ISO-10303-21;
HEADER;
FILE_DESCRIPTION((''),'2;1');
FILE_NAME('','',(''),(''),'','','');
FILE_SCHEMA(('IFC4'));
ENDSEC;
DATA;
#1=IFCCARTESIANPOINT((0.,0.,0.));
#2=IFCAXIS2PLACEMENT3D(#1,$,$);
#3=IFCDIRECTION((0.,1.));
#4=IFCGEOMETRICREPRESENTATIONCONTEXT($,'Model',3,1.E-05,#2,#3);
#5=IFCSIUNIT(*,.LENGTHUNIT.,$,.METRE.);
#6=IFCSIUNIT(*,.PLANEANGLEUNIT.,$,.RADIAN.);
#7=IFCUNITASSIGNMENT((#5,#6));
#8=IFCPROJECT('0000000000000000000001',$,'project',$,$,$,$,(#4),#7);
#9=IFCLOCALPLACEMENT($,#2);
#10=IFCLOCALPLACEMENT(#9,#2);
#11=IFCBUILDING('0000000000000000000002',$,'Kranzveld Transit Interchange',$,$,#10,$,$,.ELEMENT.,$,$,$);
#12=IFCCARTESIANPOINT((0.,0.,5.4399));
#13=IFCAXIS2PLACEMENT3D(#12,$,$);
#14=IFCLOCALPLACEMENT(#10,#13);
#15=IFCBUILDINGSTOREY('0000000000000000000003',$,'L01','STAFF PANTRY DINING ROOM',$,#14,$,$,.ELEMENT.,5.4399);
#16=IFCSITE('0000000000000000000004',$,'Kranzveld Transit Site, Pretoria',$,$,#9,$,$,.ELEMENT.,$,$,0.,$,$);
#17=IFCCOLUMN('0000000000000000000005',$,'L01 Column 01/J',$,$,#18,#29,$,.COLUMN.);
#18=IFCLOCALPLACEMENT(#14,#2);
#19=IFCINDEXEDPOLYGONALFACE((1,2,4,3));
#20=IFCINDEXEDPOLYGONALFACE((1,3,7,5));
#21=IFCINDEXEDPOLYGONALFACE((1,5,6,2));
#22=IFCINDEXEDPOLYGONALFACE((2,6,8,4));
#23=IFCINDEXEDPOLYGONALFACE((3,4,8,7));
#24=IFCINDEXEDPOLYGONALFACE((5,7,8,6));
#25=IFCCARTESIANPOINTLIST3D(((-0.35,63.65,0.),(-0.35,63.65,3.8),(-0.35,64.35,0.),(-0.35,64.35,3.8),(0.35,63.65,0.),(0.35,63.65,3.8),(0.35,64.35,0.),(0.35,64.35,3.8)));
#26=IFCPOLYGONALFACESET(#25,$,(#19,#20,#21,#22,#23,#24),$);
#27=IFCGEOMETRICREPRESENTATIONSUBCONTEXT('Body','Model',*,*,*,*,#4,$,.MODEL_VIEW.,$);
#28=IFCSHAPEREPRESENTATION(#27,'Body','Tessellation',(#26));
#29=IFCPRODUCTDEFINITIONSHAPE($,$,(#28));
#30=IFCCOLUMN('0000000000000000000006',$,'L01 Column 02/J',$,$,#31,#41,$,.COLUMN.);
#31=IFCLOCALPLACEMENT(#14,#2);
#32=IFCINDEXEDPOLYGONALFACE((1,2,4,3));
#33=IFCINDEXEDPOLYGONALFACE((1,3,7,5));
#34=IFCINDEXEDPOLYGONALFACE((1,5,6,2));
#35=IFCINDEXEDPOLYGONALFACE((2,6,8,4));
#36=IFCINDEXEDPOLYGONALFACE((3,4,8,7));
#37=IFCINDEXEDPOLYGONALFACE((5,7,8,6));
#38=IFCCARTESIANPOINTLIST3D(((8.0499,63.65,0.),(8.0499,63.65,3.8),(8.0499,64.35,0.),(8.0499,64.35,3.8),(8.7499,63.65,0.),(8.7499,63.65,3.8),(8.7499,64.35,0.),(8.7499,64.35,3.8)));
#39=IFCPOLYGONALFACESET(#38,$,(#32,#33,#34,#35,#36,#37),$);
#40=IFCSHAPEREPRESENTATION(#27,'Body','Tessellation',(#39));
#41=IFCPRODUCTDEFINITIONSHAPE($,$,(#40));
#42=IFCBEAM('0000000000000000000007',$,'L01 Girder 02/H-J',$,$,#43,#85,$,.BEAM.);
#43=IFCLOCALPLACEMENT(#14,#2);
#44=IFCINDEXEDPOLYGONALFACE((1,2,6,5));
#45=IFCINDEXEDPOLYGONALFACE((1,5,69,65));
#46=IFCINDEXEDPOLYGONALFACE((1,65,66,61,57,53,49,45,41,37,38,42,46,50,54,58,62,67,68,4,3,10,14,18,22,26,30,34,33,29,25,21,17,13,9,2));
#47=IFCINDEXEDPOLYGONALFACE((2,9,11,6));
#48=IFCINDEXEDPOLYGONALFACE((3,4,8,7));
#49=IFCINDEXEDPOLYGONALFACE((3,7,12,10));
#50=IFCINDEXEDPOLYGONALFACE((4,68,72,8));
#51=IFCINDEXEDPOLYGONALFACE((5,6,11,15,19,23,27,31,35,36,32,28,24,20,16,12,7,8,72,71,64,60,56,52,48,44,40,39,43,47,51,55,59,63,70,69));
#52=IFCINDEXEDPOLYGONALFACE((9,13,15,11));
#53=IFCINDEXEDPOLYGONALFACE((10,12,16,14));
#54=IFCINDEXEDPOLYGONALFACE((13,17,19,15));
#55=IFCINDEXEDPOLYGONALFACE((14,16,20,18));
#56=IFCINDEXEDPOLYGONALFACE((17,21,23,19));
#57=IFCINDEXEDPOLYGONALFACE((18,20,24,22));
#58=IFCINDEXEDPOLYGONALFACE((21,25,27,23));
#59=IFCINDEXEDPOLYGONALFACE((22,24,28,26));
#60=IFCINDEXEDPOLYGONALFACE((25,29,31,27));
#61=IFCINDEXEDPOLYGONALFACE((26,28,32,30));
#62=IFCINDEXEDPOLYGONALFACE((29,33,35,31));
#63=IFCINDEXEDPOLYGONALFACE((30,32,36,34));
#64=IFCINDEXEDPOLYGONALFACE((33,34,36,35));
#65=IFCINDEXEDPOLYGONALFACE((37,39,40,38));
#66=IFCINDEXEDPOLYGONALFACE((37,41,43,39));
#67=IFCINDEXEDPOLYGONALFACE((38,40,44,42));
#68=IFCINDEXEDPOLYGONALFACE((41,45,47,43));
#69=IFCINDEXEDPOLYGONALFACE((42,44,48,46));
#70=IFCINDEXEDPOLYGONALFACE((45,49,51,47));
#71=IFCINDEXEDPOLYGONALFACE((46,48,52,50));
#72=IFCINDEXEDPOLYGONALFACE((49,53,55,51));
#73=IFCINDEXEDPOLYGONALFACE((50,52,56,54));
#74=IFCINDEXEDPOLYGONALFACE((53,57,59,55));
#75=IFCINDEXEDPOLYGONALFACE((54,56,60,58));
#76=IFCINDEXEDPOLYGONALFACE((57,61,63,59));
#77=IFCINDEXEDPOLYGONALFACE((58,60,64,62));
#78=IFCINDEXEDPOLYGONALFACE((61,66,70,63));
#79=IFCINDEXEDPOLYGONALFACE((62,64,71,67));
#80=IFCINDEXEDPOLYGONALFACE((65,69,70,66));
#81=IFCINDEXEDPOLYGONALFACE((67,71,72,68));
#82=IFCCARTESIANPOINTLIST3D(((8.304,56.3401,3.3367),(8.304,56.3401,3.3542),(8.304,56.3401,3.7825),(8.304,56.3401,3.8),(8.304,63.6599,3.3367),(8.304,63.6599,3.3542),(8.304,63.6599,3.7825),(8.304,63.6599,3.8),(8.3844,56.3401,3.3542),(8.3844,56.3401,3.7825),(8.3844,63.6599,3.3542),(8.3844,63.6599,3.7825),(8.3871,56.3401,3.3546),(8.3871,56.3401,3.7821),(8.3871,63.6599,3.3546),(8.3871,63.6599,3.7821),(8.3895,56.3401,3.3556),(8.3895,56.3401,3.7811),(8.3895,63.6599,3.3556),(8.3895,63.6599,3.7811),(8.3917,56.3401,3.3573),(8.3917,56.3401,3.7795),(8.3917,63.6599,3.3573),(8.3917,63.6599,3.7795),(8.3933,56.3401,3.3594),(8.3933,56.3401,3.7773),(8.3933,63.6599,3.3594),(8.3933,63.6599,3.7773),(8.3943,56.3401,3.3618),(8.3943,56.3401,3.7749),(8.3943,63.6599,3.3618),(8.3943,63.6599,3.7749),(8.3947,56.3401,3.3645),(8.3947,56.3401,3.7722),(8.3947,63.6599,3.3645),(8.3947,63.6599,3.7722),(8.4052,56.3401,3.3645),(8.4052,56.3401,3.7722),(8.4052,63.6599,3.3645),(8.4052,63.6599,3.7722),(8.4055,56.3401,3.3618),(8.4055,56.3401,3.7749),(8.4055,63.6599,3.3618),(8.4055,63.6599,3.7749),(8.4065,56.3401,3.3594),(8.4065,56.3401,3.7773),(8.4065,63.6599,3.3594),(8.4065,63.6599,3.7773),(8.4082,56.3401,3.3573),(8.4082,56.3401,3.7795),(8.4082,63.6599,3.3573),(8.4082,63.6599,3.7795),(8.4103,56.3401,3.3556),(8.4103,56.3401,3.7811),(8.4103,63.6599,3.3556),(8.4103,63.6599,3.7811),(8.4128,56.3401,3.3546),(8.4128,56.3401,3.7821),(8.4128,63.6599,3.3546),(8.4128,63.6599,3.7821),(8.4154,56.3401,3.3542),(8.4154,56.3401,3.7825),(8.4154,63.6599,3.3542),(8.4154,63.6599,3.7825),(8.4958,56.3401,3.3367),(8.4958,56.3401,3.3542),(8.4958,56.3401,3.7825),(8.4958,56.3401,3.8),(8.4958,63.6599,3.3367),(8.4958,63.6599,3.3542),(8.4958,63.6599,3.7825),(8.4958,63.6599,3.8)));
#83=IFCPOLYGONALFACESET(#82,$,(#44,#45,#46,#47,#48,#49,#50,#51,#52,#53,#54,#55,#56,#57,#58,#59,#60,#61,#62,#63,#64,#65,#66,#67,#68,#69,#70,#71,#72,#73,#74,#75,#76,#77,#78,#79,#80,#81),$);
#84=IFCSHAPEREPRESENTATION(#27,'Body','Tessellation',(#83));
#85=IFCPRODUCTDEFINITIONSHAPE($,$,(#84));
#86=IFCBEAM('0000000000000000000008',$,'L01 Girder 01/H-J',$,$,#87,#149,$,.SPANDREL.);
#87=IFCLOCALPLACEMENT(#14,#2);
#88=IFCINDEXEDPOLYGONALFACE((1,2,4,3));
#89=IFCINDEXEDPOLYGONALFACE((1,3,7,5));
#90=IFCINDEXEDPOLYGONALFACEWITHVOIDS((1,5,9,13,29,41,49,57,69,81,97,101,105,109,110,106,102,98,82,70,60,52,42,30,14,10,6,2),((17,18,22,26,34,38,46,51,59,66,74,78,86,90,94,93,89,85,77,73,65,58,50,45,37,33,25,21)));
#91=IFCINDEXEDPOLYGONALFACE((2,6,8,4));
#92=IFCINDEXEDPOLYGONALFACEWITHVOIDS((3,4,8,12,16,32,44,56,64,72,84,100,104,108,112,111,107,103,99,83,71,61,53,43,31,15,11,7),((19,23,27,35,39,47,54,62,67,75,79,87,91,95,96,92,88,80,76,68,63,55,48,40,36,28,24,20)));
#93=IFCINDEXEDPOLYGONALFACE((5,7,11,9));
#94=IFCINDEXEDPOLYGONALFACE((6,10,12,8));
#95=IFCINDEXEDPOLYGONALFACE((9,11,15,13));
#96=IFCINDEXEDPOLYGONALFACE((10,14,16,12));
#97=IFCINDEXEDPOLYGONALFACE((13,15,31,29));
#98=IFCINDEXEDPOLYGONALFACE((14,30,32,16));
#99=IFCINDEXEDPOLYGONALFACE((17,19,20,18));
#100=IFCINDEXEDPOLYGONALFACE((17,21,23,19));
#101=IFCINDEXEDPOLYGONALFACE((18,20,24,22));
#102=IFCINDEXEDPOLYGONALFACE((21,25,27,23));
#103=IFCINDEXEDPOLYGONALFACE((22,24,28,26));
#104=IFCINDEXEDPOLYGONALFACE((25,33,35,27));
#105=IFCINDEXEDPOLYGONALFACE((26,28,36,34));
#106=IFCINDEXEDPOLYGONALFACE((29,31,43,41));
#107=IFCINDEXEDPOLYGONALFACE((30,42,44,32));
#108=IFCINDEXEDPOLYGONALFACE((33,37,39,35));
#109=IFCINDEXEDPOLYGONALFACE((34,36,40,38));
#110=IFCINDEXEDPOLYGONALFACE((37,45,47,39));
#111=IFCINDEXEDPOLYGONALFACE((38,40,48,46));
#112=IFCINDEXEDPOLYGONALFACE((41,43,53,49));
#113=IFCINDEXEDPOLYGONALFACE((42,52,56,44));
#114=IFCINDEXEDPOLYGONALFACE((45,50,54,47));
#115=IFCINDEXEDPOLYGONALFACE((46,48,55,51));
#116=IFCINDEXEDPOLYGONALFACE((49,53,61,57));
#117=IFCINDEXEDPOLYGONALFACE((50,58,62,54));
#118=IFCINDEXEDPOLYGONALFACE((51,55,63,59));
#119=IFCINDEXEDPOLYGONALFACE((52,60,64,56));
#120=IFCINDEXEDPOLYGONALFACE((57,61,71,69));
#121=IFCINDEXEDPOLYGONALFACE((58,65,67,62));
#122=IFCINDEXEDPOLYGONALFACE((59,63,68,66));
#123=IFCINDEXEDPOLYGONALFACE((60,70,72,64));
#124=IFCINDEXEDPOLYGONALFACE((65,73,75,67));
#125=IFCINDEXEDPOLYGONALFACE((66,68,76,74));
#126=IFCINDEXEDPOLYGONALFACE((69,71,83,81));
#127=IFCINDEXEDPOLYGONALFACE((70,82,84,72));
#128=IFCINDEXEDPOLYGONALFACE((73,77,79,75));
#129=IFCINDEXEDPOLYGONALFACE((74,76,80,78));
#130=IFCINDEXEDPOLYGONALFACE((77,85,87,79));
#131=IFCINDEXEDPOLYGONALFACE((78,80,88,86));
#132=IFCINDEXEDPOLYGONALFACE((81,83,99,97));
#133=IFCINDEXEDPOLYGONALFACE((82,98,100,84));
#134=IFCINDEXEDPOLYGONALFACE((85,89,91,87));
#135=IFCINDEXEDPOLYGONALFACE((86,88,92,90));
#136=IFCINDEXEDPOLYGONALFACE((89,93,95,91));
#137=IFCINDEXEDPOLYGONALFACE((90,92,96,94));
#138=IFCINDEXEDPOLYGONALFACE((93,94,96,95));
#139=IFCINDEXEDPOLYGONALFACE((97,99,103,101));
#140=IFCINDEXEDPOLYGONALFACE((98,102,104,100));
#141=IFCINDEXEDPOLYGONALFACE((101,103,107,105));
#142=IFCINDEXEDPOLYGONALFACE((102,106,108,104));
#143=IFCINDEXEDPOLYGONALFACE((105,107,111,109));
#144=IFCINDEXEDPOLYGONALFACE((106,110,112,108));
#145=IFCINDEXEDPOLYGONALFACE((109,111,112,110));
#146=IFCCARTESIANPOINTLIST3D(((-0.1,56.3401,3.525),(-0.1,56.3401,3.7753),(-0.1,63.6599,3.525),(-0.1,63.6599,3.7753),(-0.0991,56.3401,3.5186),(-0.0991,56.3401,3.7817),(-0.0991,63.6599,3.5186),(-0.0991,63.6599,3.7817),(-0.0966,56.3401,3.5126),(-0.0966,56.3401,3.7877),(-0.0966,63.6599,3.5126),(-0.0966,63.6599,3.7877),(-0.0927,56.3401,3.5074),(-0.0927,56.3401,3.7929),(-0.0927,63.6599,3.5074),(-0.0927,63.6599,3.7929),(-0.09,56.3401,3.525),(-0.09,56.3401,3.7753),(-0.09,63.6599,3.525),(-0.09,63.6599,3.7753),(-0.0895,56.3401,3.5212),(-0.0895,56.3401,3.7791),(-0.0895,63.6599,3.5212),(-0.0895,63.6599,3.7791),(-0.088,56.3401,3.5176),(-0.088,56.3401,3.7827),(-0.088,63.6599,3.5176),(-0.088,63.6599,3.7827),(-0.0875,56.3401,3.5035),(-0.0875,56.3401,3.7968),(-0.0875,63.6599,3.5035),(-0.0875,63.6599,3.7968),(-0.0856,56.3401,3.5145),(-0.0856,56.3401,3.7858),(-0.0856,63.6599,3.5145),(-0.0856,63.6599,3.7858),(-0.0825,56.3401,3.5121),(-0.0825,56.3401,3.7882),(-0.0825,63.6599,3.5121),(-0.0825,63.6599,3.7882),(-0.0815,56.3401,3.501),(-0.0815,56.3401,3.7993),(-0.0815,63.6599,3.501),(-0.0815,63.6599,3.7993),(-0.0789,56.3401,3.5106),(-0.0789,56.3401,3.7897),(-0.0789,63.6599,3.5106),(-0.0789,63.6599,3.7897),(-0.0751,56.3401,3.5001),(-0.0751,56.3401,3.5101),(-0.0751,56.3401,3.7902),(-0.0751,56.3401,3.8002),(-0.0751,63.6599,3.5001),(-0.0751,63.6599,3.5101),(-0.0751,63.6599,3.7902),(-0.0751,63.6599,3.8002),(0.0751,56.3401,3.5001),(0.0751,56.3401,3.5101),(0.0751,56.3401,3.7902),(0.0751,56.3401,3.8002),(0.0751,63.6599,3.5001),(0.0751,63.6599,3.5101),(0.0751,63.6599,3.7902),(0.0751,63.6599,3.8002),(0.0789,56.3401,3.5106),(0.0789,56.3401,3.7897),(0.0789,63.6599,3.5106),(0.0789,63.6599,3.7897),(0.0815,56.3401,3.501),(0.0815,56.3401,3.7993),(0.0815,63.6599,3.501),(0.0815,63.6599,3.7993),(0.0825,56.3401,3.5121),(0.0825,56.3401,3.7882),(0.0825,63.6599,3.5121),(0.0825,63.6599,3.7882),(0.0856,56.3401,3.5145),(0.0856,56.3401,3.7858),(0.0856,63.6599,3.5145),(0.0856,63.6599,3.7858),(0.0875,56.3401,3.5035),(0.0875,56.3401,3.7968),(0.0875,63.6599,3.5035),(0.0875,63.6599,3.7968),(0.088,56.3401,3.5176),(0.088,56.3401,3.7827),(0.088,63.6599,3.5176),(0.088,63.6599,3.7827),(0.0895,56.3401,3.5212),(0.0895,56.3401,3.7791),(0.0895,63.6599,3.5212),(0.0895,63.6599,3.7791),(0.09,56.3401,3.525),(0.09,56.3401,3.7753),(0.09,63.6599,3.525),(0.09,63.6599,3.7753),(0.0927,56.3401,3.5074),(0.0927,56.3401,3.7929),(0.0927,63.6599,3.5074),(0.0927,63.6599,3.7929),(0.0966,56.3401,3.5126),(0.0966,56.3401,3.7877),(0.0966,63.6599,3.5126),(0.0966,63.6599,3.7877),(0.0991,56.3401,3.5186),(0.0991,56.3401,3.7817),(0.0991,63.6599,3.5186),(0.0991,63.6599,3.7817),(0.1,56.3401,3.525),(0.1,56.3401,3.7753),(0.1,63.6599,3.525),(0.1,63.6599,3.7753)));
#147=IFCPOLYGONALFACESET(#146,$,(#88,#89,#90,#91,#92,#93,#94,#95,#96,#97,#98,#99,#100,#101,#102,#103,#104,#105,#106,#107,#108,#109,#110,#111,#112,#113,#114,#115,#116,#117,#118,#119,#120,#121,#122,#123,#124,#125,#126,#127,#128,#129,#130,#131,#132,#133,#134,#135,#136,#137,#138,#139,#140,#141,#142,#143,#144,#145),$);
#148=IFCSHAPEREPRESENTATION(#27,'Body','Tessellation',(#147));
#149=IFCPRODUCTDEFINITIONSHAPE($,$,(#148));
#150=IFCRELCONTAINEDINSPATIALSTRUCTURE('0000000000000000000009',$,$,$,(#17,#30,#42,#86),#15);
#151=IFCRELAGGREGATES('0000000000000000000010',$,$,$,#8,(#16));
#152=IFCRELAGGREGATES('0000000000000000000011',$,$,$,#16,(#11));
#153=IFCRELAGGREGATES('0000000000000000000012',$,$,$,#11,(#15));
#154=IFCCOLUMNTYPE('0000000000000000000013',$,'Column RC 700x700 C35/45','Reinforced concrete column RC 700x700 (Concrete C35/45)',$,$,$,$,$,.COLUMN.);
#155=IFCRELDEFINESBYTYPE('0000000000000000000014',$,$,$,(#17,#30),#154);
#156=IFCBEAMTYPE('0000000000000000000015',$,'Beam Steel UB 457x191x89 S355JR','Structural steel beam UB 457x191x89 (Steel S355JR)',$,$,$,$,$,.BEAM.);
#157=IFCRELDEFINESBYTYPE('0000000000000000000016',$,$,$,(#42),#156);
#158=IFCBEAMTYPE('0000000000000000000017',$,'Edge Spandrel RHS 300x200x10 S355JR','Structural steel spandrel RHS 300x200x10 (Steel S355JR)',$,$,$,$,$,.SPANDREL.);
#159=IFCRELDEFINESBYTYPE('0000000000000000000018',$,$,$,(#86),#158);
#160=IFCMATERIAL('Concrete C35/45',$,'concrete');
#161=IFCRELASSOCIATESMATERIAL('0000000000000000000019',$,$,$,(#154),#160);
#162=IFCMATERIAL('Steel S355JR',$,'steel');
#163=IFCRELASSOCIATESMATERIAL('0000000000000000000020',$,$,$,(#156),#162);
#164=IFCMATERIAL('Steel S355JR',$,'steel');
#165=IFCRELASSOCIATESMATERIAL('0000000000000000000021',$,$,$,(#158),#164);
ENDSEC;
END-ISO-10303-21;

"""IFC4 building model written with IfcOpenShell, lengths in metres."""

from ifc_helpers import new_model, si_unit, direction, frame, origin, origin_2d, place, context, subcontext, project, spatial, rectangle, hollow_rectangle, i_section, extrude, material, material_profile, profile_set, type_object, element, save


model = new_model("IFC4")

# Units and contexts
model_context = context("Model", 3, precision=1e-05, world=origin(), true_north=direction((0.0, 1.0)))
body_context = subcontext(model_context, "Body", "Model", "MODEL_VIEW")
ifc_project = project(units=[si_unit("LENGTHUNIT", "METRE"), si_unit("PLANEANGLEUNIT", "RADIAN")], contexts=[model_context])

# Site, building, storey
site_placement = place(None, origin())
site = spatial("IfcSite", under=ifc_project, at=site_placement, Name="Kranzveld Transit Site, Pretoria", CompositionType="ELEMENT", RefElevation=0.0)
building_placement = place(site_placement, origin())
building = spatial("IfcBuilding", under=site, at=building_placement, Name="Kranzveld Transit Interchange", CompositionType="ELEMENT")
storey_placement = place(building_placement, frame((0.0, 0.0, 5.4399)))
storey = spatial("IfcBuildingStorey", under=building, at=storey_placement, Name="L01", Description="STAFF PANTRY DINING ROOM", CompositionType="ELEMENT", Elevation=5.4399)

# Columns
ifc_material_1 = material(Name="Concrete C35/45", Category="concrete")
ifc_material_profile_1 = material_profile(ifc_material_1, rectangle(XDim=0.7, YDim=0.7, at=origin_2d()), Name="RC 700x700")
ifc_profile_set_1 = profile_set([ifc_material_profile_1], Name="Concrete C35/45")
column_type = type_object("IfcColumnType", Name="Column RC 700x700 C35/45", Description="Reinforced concrete column RC 700x700 (Concrete C35/45)", PredefinedType="COLUMN", material=ifc_profile_set_1)
for number, where, z_axis, x_axis, name in (
    (1, (0.0, 64.0, 0.0), (0.0, 0.0, 1.0), (1.0, 0.0, 0.0), "L01 Column 01/J"),
    (2, (8.3999, 64.0, 0.0), (0.0, 0.0, 1.0), (1.0, 0.0, 0.0), "L01 Column 02/J"),
):
    element("IfcColumn", number, at=place(storey_placement, frame(where, z_axis=z_axis, x_axis=x_axis)), inside=storey, type_object=column_type, Name=name, PredefinedType="COLUMN", context=body_context, shape_type="SweptSolid", body=[
        extrude(rectangle(XDim=0.7, YDim=0.7, at=origin_2d()), origin(), (0.0, 0.0, 1.0), 3.8),
    ])

# Beams
ifc_material_2 = material(Name="Steel S355JR", Category="steel")
ifc_material_profile_2 = material_profile(ifc_material_2, i_section(OverallWidth=0.1919, OverallDepth=0.4634, WebThickness=0.0105, FlangeThickness=0.0176, FilletRadius=0.0103, at=origin_2d()), Name="UB 457x191x89")
ifc_profile_set_2 = profile_set([ifc_material_profile_2], Name="Steel S355JR")
beam_type_1 = type_object("IfcBeamType", Name="Beam Steel UB 457x191x89 S355JR", Description="Structural steel beam UB 457x191x89 (Steel S355JR)", PredefinedType="BEAM", material=ifc_profile_set_2)
beam_1_placement = place(storey_placement, frame((8.3999, 56.3401, 3.5684), z_axis=(0.0, 1.0, 0.0), x_axis=(-1.0, 0.0, 0.0)))
element("IfcBeam", 3, at=beam_1_placement, inside=storey, type_object=beam_type_1, Name="L01 Girder 02/H-J", PredefinedType="BEAM", context=body_context, shape_type="SweptSolid", body=[
    extrude(i_section(OverallWidth=0.1919, OverallDepth=0.4634, WebThickness=0.0105, FlangeThickness=0.0176, FilletRadius=0.0103, at=origin_2d()), origin(), (0.0, 0.0, 1.0), 7.3198),
])
ifc_material_3 = material(Name="Steel S355JR", Category="steel")
ifc_material_profile_3 = material_profile(ifc_material_3, hollow_rectangle(XDim=0.2, YDim=0.3, WallThickness=0.01, InnerFilletRadius=0.0149, OuterFilletRadius=0.0249, at=origin_2d()), Name="RHS 300x200x10")
ifc_profile_set_3 = profile_set([ifc_material_profile_3], Name="Steel S355JR")
beam_type_2 = type_object("IfcBeamType", Name="Edge Spandrel RHS 300x200x10 S355JR", Description="Structural steel spandrel RHS 300x200x10 (Steel S355JR)", PredefinedType="SPANDREL", material=ifc_profile_set_3)
for number, where, z_axis, x_axis, name in (
    (4, (0.0, 56.3401, 3.6501), (0.0, 1.0, 0.0), (-1.0, 0.0, 0.0), "L01 Girder 01/H-J"),
):
    element("IfcBeam", number, at=place(storey_placement, frame(where, z_axis=z_axis, x_axis=x_axis)), inside=storey, type_object=beam_type_2, Name=name, PredefinedType="SPANDREL", context=body_context, shape_type="SweptSolid", body=[
        extrude(hollow_rectangle(XDim=0.2, YDim=0.3, WallThickness=0.01, InnerFilletRadius=0.0149, OuterFilletRadius=0.0249, at=origin_2d()), origin(), (0.0, 0.0, 1.0), 7.3198),
    ])

save(model, "model.ifc")
